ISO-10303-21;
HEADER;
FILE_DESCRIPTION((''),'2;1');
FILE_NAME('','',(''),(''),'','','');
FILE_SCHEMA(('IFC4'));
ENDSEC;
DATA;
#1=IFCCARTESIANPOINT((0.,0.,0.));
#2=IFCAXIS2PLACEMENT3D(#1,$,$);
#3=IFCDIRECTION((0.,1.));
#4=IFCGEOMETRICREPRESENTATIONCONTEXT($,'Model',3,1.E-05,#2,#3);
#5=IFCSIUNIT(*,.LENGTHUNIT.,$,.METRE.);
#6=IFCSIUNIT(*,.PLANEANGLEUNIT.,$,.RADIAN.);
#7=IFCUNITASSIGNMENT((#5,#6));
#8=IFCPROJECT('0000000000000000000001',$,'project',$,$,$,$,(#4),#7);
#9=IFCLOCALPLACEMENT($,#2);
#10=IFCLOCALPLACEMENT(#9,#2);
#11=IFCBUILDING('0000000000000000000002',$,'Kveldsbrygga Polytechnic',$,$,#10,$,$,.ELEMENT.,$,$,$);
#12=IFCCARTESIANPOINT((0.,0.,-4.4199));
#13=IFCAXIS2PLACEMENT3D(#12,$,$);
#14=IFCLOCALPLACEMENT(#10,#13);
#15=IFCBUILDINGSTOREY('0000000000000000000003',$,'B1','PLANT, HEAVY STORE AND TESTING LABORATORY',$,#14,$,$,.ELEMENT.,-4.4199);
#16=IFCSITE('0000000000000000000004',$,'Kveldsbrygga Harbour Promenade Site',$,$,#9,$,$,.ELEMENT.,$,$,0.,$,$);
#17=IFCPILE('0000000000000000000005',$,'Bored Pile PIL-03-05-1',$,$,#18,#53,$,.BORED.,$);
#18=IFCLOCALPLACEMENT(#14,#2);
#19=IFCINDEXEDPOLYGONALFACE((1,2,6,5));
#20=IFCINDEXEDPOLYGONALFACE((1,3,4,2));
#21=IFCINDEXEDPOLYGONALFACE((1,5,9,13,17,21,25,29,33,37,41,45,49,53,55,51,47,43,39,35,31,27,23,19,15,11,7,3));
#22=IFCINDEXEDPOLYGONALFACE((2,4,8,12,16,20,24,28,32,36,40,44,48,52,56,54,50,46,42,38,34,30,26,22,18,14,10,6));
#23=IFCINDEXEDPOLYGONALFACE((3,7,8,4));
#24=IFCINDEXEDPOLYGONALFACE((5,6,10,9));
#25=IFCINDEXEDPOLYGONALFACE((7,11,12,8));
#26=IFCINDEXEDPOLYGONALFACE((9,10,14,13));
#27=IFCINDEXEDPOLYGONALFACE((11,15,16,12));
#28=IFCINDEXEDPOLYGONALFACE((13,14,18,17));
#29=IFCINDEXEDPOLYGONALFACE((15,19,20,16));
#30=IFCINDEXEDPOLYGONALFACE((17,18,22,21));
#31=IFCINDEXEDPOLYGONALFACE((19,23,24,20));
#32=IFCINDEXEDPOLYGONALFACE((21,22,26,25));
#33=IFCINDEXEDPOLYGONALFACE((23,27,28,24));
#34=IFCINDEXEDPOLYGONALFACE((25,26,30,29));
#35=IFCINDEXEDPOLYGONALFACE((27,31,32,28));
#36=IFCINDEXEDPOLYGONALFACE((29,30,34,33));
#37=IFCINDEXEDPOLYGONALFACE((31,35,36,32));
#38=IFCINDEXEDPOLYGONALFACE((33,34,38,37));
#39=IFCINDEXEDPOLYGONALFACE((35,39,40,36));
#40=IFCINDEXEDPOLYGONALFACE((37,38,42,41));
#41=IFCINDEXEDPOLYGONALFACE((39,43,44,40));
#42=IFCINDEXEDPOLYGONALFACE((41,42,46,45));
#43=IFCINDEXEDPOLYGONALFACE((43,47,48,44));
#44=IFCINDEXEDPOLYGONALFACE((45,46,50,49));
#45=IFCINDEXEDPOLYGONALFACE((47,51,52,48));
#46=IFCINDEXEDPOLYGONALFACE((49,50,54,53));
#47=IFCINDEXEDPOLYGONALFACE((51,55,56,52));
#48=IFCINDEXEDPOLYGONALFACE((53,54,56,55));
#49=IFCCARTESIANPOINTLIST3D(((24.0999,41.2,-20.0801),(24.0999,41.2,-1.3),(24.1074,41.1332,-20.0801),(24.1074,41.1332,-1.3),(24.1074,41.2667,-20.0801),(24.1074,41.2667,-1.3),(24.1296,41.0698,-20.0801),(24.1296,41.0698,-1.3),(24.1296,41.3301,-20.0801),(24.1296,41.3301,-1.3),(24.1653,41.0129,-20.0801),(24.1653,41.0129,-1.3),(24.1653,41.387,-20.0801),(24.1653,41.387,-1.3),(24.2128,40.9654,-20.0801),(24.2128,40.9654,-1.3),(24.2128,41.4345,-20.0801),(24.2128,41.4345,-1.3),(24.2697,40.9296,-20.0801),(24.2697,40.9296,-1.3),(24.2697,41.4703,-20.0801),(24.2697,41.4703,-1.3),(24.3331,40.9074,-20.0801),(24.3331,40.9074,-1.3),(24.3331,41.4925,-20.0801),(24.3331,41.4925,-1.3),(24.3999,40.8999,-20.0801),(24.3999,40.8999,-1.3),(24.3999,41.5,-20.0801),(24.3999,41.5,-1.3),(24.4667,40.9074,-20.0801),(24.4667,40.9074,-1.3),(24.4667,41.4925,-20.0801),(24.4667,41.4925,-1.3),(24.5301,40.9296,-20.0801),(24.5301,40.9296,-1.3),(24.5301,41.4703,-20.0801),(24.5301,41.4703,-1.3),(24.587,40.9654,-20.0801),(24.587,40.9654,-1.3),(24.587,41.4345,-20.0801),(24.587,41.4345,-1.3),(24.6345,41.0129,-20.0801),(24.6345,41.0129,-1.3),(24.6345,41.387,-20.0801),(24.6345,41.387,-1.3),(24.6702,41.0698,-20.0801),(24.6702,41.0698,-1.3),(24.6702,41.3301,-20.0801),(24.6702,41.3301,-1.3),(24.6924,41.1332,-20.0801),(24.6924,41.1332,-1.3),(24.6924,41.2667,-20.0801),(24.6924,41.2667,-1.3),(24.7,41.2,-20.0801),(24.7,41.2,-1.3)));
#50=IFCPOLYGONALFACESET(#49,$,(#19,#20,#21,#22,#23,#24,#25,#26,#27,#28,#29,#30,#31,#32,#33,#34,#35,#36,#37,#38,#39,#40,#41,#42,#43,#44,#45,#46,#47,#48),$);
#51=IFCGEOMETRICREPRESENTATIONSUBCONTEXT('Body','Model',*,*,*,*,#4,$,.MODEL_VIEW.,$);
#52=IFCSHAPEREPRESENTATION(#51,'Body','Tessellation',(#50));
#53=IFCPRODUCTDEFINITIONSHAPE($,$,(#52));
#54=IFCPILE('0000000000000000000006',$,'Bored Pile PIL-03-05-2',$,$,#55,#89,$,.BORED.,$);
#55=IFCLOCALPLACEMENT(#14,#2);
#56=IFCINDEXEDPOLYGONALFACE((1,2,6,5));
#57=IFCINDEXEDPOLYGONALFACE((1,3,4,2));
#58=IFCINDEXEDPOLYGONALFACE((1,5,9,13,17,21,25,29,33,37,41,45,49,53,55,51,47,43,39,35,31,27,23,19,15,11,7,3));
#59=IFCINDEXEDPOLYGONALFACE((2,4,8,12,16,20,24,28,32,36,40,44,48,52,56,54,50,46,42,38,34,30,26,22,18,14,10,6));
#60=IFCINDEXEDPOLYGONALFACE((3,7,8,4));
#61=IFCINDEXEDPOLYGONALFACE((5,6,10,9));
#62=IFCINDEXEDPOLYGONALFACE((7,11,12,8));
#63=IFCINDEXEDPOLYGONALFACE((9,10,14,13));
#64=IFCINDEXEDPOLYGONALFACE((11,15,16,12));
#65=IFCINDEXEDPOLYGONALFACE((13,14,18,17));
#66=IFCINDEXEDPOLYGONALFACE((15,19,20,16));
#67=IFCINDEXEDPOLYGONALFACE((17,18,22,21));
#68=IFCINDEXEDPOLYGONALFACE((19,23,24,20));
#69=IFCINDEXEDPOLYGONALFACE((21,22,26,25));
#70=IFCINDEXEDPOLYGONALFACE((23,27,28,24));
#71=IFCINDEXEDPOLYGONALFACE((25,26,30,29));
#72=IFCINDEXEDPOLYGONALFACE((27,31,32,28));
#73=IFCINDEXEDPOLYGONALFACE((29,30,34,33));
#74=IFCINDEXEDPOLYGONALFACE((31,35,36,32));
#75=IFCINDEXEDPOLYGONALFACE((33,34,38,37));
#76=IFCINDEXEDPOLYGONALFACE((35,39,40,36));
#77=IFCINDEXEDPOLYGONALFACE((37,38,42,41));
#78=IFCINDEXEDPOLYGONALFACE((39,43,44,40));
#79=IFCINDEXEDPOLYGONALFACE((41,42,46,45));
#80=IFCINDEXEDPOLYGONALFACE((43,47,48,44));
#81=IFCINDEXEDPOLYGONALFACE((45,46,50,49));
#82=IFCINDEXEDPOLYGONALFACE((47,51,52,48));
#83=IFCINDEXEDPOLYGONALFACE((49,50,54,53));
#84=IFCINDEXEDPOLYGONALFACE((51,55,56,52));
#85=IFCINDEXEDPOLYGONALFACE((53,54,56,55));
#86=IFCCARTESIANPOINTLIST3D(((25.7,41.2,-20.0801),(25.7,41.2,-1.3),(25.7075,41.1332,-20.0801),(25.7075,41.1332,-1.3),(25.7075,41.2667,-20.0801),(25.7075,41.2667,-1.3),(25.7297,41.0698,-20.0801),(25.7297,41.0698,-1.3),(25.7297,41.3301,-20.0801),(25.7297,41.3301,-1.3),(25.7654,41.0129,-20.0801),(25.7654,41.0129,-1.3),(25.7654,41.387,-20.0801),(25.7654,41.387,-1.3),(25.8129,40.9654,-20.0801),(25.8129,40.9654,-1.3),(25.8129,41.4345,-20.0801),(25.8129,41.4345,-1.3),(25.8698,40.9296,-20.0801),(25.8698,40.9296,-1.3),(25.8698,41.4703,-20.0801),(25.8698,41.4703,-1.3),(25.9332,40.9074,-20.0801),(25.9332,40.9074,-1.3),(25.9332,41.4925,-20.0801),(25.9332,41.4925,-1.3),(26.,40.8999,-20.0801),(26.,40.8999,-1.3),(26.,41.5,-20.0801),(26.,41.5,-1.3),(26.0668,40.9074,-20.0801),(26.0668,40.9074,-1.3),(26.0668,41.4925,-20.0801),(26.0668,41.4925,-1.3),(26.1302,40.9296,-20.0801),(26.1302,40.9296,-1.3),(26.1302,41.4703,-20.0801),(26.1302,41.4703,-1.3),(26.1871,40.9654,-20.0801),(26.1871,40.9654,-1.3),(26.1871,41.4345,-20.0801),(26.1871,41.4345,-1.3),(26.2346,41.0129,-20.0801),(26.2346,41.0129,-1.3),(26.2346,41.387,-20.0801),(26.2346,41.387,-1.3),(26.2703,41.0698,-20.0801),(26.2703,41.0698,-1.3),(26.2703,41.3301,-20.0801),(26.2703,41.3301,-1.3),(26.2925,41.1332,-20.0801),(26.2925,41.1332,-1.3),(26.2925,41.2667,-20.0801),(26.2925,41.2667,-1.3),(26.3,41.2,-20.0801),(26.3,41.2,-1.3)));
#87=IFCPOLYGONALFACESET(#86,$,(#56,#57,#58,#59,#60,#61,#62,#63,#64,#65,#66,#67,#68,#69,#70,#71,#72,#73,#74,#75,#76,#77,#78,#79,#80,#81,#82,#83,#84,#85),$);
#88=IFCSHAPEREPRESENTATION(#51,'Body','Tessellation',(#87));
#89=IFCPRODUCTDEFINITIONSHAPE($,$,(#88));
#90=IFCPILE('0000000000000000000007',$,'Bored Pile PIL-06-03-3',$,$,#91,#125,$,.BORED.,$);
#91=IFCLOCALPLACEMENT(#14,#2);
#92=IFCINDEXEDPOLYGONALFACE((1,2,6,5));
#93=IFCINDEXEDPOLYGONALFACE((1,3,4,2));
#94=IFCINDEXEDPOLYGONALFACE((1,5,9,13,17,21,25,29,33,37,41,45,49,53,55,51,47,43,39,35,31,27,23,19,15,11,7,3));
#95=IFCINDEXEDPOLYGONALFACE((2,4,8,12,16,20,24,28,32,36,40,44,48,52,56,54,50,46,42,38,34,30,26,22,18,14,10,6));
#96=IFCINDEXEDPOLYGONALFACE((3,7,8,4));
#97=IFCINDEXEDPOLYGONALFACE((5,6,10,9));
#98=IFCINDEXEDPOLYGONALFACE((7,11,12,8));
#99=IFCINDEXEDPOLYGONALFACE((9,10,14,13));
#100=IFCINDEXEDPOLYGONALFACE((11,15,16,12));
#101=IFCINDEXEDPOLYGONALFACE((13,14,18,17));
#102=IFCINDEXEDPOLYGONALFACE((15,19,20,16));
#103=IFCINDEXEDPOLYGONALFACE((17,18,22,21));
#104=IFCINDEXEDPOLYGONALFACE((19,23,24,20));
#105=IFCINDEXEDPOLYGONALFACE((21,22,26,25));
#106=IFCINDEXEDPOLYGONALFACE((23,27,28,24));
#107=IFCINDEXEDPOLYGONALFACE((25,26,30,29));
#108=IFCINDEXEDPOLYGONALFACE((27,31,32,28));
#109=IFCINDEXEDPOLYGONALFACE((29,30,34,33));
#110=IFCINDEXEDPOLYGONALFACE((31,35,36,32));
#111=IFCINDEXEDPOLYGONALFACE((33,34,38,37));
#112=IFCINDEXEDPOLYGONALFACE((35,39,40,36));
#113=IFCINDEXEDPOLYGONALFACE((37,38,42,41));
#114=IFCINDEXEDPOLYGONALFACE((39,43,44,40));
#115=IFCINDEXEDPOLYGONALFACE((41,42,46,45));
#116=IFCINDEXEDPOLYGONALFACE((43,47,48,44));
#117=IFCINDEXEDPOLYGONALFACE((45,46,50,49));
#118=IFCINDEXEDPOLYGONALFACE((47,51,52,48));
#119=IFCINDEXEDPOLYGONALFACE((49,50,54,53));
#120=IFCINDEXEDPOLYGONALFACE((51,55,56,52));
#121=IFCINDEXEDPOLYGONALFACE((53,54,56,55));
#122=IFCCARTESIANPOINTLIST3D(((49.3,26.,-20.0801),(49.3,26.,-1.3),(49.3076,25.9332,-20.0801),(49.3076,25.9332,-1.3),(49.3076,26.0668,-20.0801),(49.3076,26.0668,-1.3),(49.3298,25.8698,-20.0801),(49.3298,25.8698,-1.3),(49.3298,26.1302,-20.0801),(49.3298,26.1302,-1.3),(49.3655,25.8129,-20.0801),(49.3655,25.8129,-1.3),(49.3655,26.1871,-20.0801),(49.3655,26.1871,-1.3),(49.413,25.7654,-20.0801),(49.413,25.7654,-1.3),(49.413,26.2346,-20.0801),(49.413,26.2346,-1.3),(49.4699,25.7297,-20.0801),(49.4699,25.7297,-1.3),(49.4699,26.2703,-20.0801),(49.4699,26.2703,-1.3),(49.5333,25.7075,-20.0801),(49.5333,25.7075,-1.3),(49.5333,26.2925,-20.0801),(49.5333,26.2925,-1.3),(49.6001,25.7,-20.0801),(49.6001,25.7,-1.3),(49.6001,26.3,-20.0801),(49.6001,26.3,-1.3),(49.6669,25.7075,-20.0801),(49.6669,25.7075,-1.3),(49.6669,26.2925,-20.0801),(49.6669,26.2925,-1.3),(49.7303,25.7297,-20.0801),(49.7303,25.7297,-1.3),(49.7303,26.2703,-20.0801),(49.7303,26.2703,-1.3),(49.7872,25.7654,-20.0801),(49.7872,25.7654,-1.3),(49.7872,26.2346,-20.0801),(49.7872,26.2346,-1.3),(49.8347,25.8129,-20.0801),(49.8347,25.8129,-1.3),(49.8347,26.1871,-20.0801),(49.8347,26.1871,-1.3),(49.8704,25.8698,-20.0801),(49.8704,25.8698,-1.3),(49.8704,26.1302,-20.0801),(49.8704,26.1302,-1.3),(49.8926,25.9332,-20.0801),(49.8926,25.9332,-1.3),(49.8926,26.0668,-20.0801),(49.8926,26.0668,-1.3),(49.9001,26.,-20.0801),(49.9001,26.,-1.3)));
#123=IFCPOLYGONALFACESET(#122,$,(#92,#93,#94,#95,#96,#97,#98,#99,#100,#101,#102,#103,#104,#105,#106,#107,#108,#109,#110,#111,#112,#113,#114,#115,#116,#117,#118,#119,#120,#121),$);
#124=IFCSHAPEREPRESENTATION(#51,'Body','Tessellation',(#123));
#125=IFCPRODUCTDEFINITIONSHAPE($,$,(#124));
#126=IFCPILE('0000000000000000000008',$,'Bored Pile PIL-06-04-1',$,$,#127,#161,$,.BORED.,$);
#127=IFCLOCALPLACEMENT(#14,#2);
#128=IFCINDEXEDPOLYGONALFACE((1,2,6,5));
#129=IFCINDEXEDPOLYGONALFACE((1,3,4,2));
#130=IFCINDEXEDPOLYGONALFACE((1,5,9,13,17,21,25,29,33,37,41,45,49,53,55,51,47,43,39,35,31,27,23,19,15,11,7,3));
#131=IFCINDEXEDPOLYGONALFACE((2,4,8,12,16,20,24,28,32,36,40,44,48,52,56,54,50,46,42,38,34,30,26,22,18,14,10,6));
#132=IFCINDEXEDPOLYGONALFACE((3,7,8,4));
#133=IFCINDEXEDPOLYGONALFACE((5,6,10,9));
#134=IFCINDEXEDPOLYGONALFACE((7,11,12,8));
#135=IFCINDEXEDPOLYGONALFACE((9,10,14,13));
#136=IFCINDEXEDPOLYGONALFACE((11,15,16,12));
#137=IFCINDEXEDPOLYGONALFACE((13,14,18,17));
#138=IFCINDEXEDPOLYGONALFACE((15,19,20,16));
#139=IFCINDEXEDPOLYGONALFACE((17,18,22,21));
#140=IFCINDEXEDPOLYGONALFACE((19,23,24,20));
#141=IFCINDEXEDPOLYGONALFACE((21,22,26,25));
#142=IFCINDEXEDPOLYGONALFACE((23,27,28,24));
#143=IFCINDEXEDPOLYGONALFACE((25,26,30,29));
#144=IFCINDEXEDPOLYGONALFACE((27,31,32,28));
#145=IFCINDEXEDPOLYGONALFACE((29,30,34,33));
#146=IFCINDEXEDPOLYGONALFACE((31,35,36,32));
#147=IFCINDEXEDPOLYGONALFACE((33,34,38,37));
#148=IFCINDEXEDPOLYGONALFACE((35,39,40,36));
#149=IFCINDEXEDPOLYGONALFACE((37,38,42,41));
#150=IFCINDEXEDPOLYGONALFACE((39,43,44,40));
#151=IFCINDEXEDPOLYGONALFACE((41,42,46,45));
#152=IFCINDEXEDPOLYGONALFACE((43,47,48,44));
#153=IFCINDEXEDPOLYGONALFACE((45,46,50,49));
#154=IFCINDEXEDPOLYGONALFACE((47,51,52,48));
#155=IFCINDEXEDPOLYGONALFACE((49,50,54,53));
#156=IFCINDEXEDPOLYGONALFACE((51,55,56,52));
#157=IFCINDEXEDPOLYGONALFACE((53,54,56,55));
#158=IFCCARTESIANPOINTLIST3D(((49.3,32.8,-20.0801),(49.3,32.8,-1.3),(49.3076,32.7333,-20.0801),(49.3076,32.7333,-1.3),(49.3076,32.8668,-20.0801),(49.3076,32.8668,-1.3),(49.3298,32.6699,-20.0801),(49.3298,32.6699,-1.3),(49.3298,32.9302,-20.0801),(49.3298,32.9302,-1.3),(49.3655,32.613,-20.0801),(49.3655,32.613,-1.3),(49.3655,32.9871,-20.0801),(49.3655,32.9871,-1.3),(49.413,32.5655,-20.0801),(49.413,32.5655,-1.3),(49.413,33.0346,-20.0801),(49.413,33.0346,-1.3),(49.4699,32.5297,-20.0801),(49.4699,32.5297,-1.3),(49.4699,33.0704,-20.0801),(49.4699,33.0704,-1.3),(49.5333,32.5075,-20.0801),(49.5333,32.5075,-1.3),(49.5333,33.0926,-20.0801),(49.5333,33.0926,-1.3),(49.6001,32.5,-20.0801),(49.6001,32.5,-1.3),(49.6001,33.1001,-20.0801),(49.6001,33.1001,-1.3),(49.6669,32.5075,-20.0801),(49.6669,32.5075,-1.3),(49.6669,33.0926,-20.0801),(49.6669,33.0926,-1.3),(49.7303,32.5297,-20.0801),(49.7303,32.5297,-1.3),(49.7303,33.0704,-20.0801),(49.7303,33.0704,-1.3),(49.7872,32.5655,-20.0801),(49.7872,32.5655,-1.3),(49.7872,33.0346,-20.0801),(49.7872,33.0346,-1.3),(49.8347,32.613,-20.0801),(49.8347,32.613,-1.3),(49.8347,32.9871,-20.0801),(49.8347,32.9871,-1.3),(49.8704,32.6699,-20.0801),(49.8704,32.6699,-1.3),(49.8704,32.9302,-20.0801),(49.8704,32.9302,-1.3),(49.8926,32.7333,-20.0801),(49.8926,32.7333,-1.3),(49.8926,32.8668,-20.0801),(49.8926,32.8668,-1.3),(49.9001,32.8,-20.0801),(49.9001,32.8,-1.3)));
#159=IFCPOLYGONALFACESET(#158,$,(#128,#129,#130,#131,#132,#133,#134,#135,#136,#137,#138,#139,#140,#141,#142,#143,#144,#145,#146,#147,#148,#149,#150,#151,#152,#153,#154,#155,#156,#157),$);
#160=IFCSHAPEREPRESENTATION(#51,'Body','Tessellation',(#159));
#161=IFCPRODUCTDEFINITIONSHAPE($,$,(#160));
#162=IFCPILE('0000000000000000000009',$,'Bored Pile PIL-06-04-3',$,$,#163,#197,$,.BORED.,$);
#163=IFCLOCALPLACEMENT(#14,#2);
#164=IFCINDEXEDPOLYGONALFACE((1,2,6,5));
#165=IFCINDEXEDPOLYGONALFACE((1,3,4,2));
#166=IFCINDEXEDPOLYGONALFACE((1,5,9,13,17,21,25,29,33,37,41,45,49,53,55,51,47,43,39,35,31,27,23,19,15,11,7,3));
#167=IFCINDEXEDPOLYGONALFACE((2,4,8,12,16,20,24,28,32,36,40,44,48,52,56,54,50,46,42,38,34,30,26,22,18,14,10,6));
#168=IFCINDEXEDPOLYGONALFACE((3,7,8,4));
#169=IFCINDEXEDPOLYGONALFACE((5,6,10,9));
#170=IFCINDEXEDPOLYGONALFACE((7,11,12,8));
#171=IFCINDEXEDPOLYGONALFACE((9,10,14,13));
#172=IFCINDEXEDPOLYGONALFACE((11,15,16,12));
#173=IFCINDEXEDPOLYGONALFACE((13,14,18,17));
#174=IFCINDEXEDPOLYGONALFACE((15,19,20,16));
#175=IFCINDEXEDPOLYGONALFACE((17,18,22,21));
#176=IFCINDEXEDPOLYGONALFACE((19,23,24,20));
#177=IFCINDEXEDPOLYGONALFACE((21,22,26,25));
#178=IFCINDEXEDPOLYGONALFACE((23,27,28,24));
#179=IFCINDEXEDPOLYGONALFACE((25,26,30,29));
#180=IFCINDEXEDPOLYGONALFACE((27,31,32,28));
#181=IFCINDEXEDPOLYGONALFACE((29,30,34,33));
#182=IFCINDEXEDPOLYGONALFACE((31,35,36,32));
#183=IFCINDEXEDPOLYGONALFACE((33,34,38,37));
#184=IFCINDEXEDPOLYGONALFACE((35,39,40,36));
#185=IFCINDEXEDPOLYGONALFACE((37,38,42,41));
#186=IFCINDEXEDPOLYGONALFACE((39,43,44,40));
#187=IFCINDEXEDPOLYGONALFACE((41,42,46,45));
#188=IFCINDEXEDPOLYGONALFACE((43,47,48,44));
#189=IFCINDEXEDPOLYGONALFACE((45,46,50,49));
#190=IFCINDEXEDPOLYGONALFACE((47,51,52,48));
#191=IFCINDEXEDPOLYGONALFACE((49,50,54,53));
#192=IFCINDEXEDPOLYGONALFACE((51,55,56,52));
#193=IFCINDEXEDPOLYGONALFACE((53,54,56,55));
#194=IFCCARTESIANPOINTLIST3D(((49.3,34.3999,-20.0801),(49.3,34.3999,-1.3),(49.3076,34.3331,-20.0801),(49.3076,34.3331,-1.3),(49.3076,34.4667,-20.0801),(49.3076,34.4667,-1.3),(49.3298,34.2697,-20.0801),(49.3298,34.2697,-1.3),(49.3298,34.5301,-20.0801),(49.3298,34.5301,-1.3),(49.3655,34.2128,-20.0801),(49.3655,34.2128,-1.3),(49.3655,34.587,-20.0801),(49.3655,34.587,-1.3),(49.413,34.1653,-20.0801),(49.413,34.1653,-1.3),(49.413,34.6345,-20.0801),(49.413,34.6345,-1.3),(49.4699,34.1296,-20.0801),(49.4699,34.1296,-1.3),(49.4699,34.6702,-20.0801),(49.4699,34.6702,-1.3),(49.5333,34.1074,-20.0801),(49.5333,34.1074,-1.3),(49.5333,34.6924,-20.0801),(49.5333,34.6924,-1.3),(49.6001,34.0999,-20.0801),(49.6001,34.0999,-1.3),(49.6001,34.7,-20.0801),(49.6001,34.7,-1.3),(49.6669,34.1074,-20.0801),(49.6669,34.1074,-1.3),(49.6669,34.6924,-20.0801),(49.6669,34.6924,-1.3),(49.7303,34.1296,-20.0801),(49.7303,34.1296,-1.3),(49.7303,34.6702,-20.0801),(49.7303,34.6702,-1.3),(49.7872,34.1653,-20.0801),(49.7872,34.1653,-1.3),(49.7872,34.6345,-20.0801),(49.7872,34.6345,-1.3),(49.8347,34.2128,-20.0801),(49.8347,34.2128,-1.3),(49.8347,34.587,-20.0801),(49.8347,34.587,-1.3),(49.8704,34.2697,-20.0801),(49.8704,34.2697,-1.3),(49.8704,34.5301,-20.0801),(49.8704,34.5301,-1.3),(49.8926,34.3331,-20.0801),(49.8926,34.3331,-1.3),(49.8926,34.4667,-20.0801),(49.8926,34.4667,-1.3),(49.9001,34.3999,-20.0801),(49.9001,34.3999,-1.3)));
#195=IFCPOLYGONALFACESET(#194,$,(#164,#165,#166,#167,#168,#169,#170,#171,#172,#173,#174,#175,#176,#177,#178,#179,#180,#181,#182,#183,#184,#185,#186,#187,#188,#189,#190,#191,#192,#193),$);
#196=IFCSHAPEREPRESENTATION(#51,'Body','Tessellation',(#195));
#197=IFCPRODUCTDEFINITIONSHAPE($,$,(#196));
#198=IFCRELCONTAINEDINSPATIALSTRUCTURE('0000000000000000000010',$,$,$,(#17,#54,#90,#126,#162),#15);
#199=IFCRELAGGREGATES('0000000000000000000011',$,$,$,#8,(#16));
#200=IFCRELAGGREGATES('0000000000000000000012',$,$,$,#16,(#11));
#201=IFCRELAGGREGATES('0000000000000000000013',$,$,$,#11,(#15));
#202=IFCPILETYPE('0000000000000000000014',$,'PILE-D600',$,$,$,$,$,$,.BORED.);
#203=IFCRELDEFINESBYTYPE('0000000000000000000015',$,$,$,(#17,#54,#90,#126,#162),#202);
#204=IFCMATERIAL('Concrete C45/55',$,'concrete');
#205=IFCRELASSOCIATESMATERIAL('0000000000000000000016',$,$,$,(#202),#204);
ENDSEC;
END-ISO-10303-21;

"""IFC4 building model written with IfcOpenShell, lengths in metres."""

from ifc_helpers import new_model, si_unit, direction, frame, origin, origin_2d, place, context, subcontext, project, spatial, circle, extrude, material, material_profile, profile_set, type_object, element, save


model = new_model("IFC4")

# Units and contexts
model_context = context("Model", 3, precision=1e-05, world=origin(), true_north=direction((0.0, 1.0)))
body_context = subcontext(model_context, "Body", "Model", "MODEL_VIEW")
ifc_project = project(units=[si_unit("LENGTHUNIT", "METRE"), si_unit("PLANEANGLEUNIT", "RADIAN")], contexts=[model_context])

# Site, building, storey
site_placement = place(None, origin())
site = spatial("IfcSite", under=ifc_project, at=site_placement, Name="Kveldsbrygga Harbour Promenade Site", CompositionType="ELEMENT", RefElevation=0.0)
building_placement = place(site_placement, origin())
building = spatial("IfcBuilding", under=site, at=building_placement, Name="Kveldsbrygga Polytechnic", CompositionType="ELEMENT")
storey_placement = place(building_placement, frame((0.0, 0.0, -4.4199)))
storey = spatial("IfcBuildingStorey", under=building, at=storey_placement, Name="B1", Description="PLANT, HEAVY STORE AND TESTING LABORATORY", CompositionType="ELEMENT", Elevation=-4.4199)

# Shared definitions
ifc_material_1 = material(Name="Concrete C45/55", Category="concrete")

# Piles
ifc_material_profile_1 = material_profile(ifc_material_1, circle(Radius=0.3, at=origin_2d()), Name="PILE D600")
ifc_profile_set_1 = profile_set([ifc_material_profile_1], Name="Concrete C45/55")
pile_type_1 = type_object("IfcPileType", Name="PILE-D600", PredefinedType="BORED", material=ifc_profile_set_1)
for number, where, z_axis, x_axis, name in (
    (1, (24.3999, 41.2, -1.3), (0.0, 0.0, -1.0), (1.0, 0.0, 0.0), "Bored Pile PIL-03-05-1"),
    (2, (26.0, 41.2, -1.3), (0.0, 0.0, -1.0), (1.0, 0.0, 0.0), "Bored Pile PIL-03-05-2"),
    (3, (49.6001, 26.0, -1.3), (0.0, 0.0, -1.0), (1.0, 0.0, 0.0), "Bored Pile PIL-06-03-3"),
    (4, (49.6001, 32.8, -1.3), (0.0, 0.0, -1.0), (1.0, 0.0, 0.0), "Bored Pile PIL-06-04-1"),
    (5, (49.6001, 34.3999, -1.3), (0.0, 0.0, -1.0), (1.0, 0.0, 0.0), "Bored Pile PIL-06-04-3"),
):
    element("IfcPile", number, at=place(storey_placement, frame(where, z_axis=z_axis, x_axis=x_axis)), inside=storey, type_object=pile_type_1, Name=name, PredefinedType="BORED", context=body_context, shape_type="SweptSolid", body=[
        extrude(circle(Radius=0.3, at=origin_2d()), origin(), (0.0, 0.0, 1.0), 18.78),
    ])

save(model, "model.ifc")
